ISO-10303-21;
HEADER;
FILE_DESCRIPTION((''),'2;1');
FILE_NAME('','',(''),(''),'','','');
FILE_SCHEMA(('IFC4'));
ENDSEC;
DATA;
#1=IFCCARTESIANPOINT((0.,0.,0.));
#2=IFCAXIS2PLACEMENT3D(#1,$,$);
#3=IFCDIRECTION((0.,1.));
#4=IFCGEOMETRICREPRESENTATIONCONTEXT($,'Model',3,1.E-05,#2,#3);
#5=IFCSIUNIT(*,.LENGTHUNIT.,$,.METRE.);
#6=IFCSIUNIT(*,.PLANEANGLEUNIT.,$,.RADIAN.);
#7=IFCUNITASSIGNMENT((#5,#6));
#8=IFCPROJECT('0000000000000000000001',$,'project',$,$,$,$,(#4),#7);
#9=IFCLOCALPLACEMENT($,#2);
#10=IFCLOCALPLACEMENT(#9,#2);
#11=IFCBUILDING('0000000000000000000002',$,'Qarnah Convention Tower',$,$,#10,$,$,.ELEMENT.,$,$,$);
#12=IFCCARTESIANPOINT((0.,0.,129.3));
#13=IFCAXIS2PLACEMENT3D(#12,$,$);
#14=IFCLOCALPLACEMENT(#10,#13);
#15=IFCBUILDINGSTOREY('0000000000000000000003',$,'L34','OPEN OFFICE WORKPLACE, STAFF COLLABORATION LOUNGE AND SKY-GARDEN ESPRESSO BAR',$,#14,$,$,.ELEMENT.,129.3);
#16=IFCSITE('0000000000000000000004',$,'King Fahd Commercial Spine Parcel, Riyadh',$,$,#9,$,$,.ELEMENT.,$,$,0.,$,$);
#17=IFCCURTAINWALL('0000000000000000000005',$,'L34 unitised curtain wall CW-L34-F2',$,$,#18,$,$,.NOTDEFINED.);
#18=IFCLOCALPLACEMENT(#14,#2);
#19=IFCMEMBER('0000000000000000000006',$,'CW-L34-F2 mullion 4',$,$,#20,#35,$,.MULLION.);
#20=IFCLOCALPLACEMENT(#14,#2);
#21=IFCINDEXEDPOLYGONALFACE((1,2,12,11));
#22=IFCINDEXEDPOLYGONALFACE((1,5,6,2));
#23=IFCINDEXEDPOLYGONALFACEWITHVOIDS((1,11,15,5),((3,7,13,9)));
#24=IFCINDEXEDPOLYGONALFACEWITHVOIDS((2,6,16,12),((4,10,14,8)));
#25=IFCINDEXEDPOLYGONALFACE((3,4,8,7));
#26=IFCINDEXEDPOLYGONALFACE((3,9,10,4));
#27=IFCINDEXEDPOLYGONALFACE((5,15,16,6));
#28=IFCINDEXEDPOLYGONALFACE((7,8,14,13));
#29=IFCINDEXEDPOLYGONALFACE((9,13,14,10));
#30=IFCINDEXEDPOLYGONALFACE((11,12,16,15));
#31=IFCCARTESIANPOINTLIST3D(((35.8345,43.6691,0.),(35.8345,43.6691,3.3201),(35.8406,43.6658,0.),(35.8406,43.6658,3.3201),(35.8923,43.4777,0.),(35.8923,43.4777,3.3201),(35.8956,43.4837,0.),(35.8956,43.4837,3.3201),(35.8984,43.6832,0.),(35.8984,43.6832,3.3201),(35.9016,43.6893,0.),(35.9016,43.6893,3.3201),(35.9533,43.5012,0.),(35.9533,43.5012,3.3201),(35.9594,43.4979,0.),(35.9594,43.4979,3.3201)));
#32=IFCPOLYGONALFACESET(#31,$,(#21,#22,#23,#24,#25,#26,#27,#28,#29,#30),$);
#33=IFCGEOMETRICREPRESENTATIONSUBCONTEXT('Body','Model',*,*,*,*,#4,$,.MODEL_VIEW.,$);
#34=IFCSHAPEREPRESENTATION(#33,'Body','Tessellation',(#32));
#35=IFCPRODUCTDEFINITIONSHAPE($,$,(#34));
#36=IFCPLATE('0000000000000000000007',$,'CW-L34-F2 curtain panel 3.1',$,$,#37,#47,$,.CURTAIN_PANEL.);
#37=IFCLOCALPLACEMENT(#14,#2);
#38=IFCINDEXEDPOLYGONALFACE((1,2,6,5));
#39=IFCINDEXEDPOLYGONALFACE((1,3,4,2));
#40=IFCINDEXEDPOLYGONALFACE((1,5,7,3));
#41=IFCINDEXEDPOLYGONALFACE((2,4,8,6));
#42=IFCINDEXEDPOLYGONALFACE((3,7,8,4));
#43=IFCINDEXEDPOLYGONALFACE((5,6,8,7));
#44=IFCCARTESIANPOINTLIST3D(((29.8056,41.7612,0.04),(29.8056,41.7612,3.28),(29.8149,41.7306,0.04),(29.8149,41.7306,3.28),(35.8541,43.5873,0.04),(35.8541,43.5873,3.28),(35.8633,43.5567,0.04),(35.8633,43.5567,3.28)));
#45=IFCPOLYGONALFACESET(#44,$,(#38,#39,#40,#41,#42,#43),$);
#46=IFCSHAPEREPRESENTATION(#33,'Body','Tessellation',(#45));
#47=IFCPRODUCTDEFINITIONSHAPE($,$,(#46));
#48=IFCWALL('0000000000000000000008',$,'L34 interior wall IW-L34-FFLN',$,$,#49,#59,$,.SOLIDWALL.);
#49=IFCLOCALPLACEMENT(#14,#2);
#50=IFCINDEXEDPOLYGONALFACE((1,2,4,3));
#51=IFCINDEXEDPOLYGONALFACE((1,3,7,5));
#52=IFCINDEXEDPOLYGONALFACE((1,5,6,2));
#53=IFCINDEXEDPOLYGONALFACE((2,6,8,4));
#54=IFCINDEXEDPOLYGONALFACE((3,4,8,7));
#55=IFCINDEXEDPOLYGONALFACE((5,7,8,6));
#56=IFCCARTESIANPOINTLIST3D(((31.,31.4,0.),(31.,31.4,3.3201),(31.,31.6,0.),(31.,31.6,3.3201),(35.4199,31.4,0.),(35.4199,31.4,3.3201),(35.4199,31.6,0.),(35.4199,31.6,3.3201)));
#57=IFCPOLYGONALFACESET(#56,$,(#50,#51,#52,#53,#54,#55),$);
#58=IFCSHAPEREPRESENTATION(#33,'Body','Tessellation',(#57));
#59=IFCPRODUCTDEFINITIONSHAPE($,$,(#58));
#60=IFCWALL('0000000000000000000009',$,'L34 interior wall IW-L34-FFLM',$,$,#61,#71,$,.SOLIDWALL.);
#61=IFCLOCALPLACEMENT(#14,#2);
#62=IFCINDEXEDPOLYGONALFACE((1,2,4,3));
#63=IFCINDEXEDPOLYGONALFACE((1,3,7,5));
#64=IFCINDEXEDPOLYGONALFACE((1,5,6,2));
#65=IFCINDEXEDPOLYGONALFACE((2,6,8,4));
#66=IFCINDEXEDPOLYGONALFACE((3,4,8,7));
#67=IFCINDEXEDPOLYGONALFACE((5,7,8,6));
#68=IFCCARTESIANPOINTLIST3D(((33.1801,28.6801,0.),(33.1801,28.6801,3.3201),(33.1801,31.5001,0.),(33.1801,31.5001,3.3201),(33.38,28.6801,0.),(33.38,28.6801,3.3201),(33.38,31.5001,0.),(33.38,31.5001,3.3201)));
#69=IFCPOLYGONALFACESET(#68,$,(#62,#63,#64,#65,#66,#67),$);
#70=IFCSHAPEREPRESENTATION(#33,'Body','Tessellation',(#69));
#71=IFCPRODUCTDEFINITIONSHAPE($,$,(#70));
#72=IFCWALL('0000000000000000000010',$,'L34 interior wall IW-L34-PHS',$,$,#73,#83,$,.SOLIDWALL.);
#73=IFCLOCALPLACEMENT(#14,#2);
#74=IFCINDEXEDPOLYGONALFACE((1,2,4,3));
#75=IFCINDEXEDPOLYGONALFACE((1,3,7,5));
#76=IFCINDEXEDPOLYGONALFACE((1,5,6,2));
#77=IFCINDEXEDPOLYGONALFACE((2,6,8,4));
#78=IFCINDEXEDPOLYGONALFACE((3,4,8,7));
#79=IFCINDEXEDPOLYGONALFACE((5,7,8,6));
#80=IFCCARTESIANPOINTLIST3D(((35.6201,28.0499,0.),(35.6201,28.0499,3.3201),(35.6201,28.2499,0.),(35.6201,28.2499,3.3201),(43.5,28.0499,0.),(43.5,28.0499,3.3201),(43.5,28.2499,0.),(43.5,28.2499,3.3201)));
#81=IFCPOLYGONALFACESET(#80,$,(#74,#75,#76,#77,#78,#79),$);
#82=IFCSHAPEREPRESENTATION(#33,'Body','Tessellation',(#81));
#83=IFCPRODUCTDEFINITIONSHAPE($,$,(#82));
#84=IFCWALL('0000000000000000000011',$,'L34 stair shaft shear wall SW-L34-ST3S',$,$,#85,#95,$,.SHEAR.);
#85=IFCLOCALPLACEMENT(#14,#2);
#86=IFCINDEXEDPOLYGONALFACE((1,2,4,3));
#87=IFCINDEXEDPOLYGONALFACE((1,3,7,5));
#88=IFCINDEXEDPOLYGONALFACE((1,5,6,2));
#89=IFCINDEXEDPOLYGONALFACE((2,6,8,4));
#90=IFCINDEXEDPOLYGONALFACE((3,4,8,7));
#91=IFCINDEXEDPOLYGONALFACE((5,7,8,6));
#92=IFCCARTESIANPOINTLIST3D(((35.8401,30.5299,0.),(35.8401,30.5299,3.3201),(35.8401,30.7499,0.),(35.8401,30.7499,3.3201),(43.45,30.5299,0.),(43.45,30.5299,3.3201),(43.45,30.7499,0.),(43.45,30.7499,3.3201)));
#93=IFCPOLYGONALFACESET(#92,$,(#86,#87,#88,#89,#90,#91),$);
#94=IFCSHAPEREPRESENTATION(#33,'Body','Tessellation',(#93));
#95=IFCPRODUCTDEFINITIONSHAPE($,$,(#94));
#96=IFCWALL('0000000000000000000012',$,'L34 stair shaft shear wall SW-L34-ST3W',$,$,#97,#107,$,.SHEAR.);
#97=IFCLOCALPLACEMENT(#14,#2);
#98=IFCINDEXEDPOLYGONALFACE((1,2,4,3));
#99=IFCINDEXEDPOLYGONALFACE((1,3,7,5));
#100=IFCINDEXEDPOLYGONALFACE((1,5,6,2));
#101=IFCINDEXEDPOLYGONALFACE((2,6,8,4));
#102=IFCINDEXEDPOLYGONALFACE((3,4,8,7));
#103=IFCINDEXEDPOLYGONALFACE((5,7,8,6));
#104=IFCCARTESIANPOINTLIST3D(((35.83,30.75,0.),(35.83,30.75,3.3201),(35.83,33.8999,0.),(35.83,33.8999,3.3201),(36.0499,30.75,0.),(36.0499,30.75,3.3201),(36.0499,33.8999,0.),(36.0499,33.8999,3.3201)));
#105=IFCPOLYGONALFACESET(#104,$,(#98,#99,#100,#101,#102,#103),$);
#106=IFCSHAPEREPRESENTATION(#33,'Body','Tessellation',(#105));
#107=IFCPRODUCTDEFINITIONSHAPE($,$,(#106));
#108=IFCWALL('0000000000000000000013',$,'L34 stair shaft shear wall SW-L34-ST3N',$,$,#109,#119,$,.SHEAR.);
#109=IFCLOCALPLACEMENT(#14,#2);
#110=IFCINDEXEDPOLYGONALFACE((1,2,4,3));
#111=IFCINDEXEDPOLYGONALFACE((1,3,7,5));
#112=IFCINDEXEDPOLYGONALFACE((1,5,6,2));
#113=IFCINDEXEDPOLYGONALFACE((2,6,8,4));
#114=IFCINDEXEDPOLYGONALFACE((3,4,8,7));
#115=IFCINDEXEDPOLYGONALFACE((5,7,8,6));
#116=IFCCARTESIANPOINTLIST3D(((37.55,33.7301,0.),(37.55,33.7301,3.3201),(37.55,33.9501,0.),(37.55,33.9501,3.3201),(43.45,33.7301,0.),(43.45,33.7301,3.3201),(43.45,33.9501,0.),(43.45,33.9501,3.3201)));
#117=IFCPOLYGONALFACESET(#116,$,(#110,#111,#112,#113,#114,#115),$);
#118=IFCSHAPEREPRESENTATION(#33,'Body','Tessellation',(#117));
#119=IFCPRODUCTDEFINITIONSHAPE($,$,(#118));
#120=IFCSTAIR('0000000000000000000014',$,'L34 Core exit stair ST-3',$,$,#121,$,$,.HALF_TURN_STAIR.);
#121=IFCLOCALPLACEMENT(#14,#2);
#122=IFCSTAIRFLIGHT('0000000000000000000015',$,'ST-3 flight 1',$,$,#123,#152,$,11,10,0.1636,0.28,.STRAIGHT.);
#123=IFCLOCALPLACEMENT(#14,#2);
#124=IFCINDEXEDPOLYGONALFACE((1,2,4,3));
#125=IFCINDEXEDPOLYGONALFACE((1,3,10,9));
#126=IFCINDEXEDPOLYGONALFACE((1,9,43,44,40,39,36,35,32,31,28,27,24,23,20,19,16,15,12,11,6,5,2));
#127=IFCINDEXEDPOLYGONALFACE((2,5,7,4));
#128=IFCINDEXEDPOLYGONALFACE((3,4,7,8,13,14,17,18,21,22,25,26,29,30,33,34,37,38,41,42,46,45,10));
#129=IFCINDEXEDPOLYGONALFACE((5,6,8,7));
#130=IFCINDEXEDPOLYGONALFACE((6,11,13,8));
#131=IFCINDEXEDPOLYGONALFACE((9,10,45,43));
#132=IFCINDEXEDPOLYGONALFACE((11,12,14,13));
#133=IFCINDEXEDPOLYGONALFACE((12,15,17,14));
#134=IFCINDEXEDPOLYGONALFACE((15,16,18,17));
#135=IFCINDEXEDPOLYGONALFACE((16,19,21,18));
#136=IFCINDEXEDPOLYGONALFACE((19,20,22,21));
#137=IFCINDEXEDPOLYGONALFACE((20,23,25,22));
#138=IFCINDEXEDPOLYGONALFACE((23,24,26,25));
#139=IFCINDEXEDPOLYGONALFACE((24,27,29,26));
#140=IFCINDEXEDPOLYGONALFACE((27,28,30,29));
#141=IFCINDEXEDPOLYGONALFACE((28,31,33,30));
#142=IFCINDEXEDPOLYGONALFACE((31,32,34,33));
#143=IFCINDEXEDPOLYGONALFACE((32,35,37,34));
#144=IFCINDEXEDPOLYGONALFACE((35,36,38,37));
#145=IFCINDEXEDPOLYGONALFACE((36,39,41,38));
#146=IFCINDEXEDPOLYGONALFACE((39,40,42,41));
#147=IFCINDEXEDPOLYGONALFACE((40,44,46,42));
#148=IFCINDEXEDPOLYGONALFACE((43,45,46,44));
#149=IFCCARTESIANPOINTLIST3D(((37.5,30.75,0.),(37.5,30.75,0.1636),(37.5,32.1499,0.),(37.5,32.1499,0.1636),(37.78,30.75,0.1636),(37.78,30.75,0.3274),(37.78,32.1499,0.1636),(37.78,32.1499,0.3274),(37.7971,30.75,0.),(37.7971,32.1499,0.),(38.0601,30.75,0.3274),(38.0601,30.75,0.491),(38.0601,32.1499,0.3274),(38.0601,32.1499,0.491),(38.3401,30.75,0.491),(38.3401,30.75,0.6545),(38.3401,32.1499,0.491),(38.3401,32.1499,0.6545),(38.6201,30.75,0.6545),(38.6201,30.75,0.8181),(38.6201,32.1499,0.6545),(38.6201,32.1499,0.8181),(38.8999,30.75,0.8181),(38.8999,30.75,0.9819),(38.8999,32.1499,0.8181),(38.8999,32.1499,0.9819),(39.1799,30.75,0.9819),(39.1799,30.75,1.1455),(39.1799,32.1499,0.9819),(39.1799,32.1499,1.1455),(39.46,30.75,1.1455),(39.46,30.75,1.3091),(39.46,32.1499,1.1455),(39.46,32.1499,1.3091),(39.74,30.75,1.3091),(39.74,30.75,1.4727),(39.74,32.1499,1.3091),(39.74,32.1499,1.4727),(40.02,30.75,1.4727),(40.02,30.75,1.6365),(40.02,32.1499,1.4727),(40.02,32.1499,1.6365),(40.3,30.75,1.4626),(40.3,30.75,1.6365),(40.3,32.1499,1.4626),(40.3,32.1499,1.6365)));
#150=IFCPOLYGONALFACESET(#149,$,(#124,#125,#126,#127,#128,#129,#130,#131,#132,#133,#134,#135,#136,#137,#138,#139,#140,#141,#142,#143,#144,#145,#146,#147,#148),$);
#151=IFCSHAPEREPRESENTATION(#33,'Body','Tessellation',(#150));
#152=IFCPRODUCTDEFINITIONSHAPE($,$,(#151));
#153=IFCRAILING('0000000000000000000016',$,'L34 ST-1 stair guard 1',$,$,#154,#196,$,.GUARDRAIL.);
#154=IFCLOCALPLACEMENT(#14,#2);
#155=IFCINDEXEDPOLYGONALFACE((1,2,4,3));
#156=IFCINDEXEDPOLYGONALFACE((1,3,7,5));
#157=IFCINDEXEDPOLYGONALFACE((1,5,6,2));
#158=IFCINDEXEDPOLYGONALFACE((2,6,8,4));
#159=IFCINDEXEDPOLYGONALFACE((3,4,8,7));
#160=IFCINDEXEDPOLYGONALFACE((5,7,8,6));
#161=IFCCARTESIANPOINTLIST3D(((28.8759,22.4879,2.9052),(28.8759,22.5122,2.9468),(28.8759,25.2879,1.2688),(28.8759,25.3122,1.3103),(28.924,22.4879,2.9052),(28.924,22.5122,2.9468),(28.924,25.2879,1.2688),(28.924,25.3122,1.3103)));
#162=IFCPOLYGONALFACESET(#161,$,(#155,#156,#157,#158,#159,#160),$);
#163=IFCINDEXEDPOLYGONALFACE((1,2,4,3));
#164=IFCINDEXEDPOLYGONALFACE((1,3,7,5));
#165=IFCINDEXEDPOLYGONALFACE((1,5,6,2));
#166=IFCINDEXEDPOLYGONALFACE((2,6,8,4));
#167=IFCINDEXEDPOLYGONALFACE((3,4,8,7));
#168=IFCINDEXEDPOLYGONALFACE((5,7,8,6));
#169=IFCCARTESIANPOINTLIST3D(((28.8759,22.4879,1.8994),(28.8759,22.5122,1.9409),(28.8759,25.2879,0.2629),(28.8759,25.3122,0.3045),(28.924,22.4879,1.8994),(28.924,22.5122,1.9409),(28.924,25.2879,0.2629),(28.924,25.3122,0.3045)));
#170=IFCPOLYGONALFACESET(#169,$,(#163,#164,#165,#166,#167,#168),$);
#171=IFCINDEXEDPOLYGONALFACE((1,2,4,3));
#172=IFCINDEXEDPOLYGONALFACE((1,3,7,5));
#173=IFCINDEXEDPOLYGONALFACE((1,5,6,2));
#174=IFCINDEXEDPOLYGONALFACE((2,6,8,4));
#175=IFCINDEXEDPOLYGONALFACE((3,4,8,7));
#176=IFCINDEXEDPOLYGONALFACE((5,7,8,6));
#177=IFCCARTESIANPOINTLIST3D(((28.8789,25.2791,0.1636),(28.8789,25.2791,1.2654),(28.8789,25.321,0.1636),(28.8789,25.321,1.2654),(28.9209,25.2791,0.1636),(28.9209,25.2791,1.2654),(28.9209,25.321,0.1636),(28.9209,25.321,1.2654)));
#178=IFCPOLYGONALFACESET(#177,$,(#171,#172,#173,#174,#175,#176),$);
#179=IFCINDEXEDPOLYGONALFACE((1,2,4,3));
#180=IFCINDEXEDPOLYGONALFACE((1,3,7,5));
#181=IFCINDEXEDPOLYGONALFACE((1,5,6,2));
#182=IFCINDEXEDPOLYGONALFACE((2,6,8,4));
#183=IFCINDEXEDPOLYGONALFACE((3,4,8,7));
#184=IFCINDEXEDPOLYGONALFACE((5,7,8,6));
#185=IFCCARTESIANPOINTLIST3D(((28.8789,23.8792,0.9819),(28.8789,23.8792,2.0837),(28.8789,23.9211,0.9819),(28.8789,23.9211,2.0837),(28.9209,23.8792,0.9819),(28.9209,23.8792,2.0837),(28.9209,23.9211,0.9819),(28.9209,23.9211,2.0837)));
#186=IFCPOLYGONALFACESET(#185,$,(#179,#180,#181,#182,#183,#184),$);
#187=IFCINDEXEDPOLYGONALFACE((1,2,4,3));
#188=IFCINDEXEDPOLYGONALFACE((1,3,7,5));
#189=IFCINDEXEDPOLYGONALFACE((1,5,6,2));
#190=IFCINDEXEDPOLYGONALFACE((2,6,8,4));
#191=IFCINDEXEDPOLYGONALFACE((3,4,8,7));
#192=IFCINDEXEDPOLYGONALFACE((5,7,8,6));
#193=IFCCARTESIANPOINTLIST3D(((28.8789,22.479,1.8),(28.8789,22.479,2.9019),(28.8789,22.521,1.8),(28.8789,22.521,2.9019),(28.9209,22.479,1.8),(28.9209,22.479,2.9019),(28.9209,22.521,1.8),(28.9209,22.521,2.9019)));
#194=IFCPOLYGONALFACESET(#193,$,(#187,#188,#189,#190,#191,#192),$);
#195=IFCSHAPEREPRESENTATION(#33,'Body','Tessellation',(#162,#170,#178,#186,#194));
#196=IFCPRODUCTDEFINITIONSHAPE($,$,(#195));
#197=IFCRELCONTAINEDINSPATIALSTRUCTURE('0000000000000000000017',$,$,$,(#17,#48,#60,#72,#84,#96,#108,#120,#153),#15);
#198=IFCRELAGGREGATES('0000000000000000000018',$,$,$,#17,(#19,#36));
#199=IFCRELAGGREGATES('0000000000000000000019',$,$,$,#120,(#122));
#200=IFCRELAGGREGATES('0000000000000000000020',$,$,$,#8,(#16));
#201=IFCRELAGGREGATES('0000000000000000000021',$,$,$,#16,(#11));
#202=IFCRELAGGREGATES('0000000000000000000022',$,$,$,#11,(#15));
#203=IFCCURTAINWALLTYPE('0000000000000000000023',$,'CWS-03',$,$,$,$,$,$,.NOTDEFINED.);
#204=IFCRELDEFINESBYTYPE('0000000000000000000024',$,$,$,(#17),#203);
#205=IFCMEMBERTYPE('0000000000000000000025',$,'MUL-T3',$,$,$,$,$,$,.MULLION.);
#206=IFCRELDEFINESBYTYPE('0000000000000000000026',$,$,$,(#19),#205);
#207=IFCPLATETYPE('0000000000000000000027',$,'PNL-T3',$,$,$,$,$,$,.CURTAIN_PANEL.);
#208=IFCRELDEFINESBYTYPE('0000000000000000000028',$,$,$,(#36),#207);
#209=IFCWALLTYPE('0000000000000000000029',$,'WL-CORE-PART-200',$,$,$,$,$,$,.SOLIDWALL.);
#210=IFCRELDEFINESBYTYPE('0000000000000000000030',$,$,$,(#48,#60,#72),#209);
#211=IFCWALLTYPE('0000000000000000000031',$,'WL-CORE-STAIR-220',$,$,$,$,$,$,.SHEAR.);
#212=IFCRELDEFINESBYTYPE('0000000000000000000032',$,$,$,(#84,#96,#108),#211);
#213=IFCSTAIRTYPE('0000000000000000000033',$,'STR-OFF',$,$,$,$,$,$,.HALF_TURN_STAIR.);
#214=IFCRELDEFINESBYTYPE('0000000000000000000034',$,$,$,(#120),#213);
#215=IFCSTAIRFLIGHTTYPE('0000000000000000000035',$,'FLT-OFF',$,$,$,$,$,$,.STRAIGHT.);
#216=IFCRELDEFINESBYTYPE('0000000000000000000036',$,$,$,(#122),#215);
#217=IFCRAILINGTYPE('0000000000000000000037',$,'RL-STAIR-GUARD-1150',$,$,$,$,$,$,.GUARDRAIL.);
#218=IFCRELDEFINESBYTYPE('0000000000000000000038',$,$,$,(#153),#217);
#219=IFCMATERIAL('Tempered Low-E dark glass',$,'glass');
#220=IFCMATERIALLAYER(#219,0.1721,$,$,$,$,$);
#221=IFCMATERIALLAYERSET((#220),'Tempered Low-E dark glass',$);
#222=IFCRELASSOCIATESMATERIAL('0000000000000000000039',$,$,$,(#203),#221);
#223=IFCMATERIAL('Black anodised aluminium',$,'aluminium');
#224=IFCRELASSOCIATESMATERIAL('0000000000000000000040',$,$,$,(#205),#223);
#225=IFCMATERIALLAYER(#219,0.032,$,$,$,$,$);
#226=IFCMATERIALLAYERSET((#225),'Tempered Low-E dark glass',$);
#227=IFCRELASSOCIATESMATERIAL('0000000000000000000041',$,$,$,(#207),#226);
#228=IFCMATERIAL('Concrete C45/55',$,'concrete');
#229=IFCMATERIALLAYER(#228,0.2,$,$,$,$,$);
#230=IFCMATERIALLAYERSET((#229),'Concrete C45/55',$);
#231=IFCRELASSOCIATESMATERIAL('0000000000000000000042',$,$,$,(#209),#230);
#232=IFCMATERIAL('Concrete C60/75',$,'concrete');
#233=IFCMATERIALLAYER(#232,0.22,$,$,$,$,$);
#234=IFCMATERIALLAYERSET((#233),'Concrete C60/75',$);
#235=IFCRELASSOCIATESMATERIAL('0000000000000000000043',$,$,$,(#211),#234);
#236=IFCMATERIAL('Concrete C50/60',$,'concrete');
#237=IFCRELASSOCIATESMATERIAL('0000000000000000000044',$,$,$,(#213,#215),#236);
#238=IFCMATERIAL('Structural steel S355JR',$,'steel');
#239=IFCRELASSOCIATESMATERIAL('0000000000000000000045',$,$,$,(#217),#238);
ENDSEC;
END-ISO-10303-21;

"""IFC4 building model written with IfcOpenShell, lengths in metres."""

from ifc_helpers import new_model, si_unit, direction, frame, frame_2d, origin, origin_2d, place, context, subcontext, project, spatial, polyline, rectangle, hollow_rectangle, outline, extrude, material, layer, layer_set, material_profile, profile_set, type_object, element, aggregate, save


model = new_model("IFC4")

# Units and contexts
model_context = context("Model", 3, precision=1e-05, world=origin(), true_north=direction((0.0, 1.0)))
body_context = subcontext(model_context, "Body", "Model", "MODEL_VIEW")
ifc_project = project(units=[si_unit("LENGTHUNIT", "METRE"), si_unit("PLANEANGLEUNIT", "RADIAN")], contexts=[model_context])

# Site, building, storey
site_placement = place(None, origin())
site = spatial("IfcSite", under=ifc_project, at=site_placement, Name="King Fahd Commercial Spine Parcel, Riyadh", CompositionType="ELEMENT", RefElevation=0.0)
building_placement = place(site_placement, origin())
building = spatial("IfcBuilding", under=site, at=building_placement, Name="Qarnah Convention Tower", CompositionType="ELEMENT")
storey_placement = place(building_placement, frame((0.0, 0.0, 129.3)))
storey = spatial("IfcBuildingStorey", under=building, at=storey_placement, Name="L34", Description="OPEN OFFICE WORKPLACE, STAFF COLLABORATION LOUNGE AND SKY-GARDEN ESPRESSO BAR", CompositionType="ELEMENT", Elevation=129.3)

# Shared definitions
ifc_material_1 = material(Name="Concrete C60/75", Category="concrete")

# Shared definitions
ifc_material_2 = material(Name="Structural steel S355JR", Category="steel")

# Curtain wall, member, plate
ifc_material_3 = material(Name="Tempered Low-E dark glass", Category="glass")
ifc_layer_1 = layer(ifc_material_3, 0.1721)
ifc_layer_set_1 = layer_set([ifc_layer_1], Name="Tempered Low-E dark glass")
curtain_wall_type = type_object("IfcCurtainWallType", Name="CWS-03", PredefinedType="NOTDEFINED", material=ifc_layer_set_1)
curtain_wall_placement = place(storey_placement, origin())
curtain_wall = element("IfcCurtainWall", 1, at=curtain_wall_placement, inside=storey, type_object=curtain_wall_type, Name="L34 unitised curtain wall CW-L34-F2", PredefinedType="NOTDEFINED")
ifc_material_4 = material(Name="Black anodised aluminium", Category="aluminium")
ifc_material_profile_1 = material_profile(ifc_material_4, hollow_rectangle(XDim=0.0701, YDim=0.2, WallThickness=0.0049, at=origin_2d()), Name="MUL-70X200")
ifc_profile_set_1 = profile_set([ifc_material_profile_1], Name="Black anodised aluminium")
member_type = type_object("IfcMemberType", Name="MUL-T3", PredefinedType="MULLION", material=ifc_profile_set_1)
member_1_placement = place(storey_placement, frame((35.897, 43.5835, 0.0), z_axis=(0.0, 0.0, 1.0), x_axis=(0.957322, 0.289025, 0.0)))
member_1 = element("IfcMember", 2, at=member_1_placement, type_object=member_type, Name="CW-L34-F2 mullion 4", PredefinedType="MULLION", context=body_context, shape_type="SweptSolid", body=[
    extrude(hollow_rectangle(XDim=0.0701, YDim=0.2, WallThickness=0.0049, at=origin_2d()), origin(), (0.0, 0.0, 1.0), 3.3201),
])
ifc_layer_2 = layer(ifc_material_3, 0.032)
ifc_layer_set_2 = layer_set([ifc_layer_2], Name="Tempered Low-E dark glass")
plate_type = type_object("IfcPlateType", Name="PNL-T3", PredefinedType="CURTAIN_PANEL", material=ifc_layer_set_2)
plate_placement = place(storey_placement, frame((32.8345, 42.6589, 0.04), z_axis=(0.0, 0.0, 1.0), x_axis=(0.957322, 0.289025, 0.0)))
plate = element("IfcPlate", 3, at=plate_placement, type_object=plate_type, Name="CW-L34-F2 curtain panel 3.1", PredefinedType="CURTAIN_PANEL", context=body_context, shape_type="SweptSolid", body=[
    extrude(rectangle(XDim=6.3181, YDim=0.032, at=origin_2d()), origin(), (0.0, 0.0, 1.0), 3.24),
])
aggregate(curtain_wall, [member_1, plate])

# Shared definitions
ifc_material_5 = material(Name="Concrete C45/55", Category="concrete")
ifc_layer_3 = layer(ifc_material_5, 0.2)
ifc_layer_set_3 = layer_set([ifc_layer_3], Name="Concrete C45/55")
wall_type_1 = type_object("IfcWallType", Name="WL-CORE-PART-200", PredefinedType="SOLIDWALL", material=ifc_layer_set_3)

# Walls
wall_1_placement = place(storey_placement, frame((31.0, 31.5, 0.0), z_axis=(0.0, 0.0, 1.0), x_axis=(1.0, 0.0, 0.0)))
element("IfcWall", 4, at=wall_1_placement, inside=storey, type_object=wall_type_1, Name="L34 interior wall IW-L34-FFLN", PredefinedType="SOLIDWALL", context=body_context, shape_type="SweptSolid", body=[
    extrude(rectangle(XDim=4.4199, YDim=0.2, at=frame_2d((2.21, 0.0))), origin(), (0.0, 0.0, 1.0), 3.3201),
])
wall_2_placement = place(storey_placement, frame((33.28, 28.6799, 0.0), z_axis=(0.0, 0.0, 1.0), x_axis=(0.0, 1.0, 0.0)))
element("IfcWall", 5, at=wall_2_placement, inside=storey, type_object=wall_type_1, Name="L34 interior wall IW-L34-FFLM", PredefinedType="SOLIDWALL", context=body_context, shape_type="SweptSolid", body=[
    extrude(rectangle(XDim=2.8201, YDim=0.2, at=frame_2d((1.4102, 0.0))), origin(), (0.0, 0.0, 1.0), 3.3201),
])
wall_3_placement = place(storey_placement, frame((35.6201, 28.1499, 0.0), z_axis=(0.0, 0.0, 1.0), x_axis=(1.0, 0.0, 0.0)))
element("IfcWall", 6, at=wall_3_placement, inside=storey, type_object=wall_type_1, Name="L34 interior wall IW-L34-PHS", PredefinedType="SOLIDWALL", context=body_context, shape_type="SweptSolid", body=[
    extrude(rectangle(XDim=7.8799, YDim=0.2, at=frame_2d((3.9399, 0.0))), origin(), (0.0, 0.0, 1.0), 3.3201),
])

# Walls
ifc_layer_4 = layer(ifc_material_1, 0.22)
ifc_layer_set_4 = layer_set([ifc_layer_4], Name="Concrete C60/75")
wall_type_2 = type_object("IfcWallType", Name="WL-CORE-STAIR-220", PredefinedType="SHEAR", material=ifc_layer_set_4)
wall_4_placement = place(storey_placement, frame((35.8401, 30.6399, 0.0), z_axis=(0.0, 0.0, 1.0), x_axis=(1.0, 0.0, 0.0)))
element("IfcWall", 7, at=wall_4_placement, inside=storey, type_object=wall_type_2, Name="L34 stair shaft shear wall SW-L34-ST3S", PredefinedType="SHEAR", context=body_context, shape_type="SweptSolid", body=[
    extrude(rectangle(XDim=7.6099, YDim=0.22, at=frame_2d((3.8049, 0.0))), origin(), (0.0, 0.0, 1.0), 3.3201),
])
wall_5_placement = place(storey_placement, frame((35.9399, 30.75, 0.0), z_axis=(0.0, 0.0, 1.0), x_axis=(0.0, 1.0, 0.0)))
element("IfcWall", 8, at=wall_5_placement, inside=storey, type_object=wall_type_2, Name="L34 stair shaft shear wall SW-L34-ST3W", PredefinedType="SHEAR", context=body_context, shape_type="SweptSolid", body=[
    extrude(rectangle(XDim=3.1499, YDim=0.22, at=frame_2d((1.575, 0.0))), origin(), (0.0, 0.0, 1.0), 3.3201),
])
wall_6_placement = place(storey_placement, frame((37.55, 33.8401, 0.0), z_axis=(0.0, 0.0, 1.0), x_axis=(1.0, 0.0, 0.0)))
element("IfcWall", 9, at=wall_6_placement, inside=storey, type_object=wall_type_2, Name="L34 stair shaft shear wall SW-L34-ST3N", PredefinedType="SHEAR", context=body_context, shape_type="SweptSolid", body=[
    extrude(rectangle(XDim=5.8999, YDim=0.22, at=frame_2d((2.95, 0.0))), origin(), (0.0, 0.0, 1.0), 3.3201),
])

# Stair, stair flight
ifc_material_6 = material(Name="Concrete C50/60", Category="concrete")
stair_type = type_object("IfcStairType", Name="STR-OFF", PredefinedType="HALF_TURN_STAIR", material=ifc_material_6)
stair_placement = place(storey_placement, origin())
stair = element("IfcStair", 10, at=stair_placement, inside=storey, type_object=stair_type, Name="L34 Core exit stair ST-3", PredefinedType="HALF_TURN_STAIR")
stair_flight_type = type_object("IfcStairFlightType", Name="FLT-OFF", PredefinedType="STRAIGHT", material=ifc_material_6)
stair_flight_placement = place(storey_placement, frame((37.5, 31.45, 0.0), z_axis=(0.0, 0.0, 1.0), x_axis=(1.0, 0.0, 0.0)))
stair_flight = element("IfcStairFlight", 11, at=stair_flight_placement, type_object=stair_flight_type, Name="ST-3 flight 1", NumberOfRisers=11, NumberOfTreads=10, PredefinedType="STRAIGHT", RiserHeight=0.1636, TreadLength=0.28, context=body_context, shape_type="SweptSolid", body=[
    extrude(outline(polyline([(0.0, 0.0), (0.0, 0.1636), (0.28, 0.1636), (0.28, 0.3274), (0.5601, 0.3274), (0.5601, 0.491), (0.8401, 0.491), (0.8401, 0.6545), (1.1201, 0.6545), (1.1201, 0.8181), (1.3999, 0.8181), (1.3999, 0.9819), (1.6799, 0.9819), (1.6799, 1.1455), (1.96, 1.1455), (1.96, 1.3091), (2.24, 1.3091), (2.24, 1.4727), (2.52, 1.4727), (2.52, 1.6365), (2.8, 1.6365), (2.8, 1.8), (2.8, 1.4626), (0.2971, 0.0), (0.0, 0.0)])), frame((0.0, 0.7, 0.0), z_axis=(0.0, -1.0, 0.0), x_axis=(1.0, 0.0, 0.0)), (0.0, 0.0, 1.0), 1.3999),
])
aggregate(stair, [stair_flight])

# Railing
railing_type_1 = type_object("IfcRailingType", Name="RL-STAIR-GUARD-1150", PredefinedType="GUARDRAIL", material=ifc_material_2)
railing_1_placement = place(storey_placement, frame((28.8999, 25.3, 0.1636)))
element("IfcRailing", 12, at=railing_1_placement, inside=storey, type_object=railing_type_1, Name="L34 ST-1 stair guard 1", PredefinedType="GUARDRAIL", context=body_context, shape_type="SweptSolid", body=[
    extrude(rectangle(XDim=0.0481, YDim=0.0481, at=origin_2d()), frame((0.0, 0.0, 1.126), z_axis=(0.0, -0.863361, 0.504587), x_axis=(1.0, 0.0, 0.0)), (0.0, 0.0, 1.0), 3.2432),
    extrude(rectangle(XDim=0.0481, YDim=0.0481, at=origin_2d()), frame((0.0, 0.0, 0.1201), z_axis=(0.0, -0.863361, 0.504587), x_axis=(1.0, 0.0, 0.0)), (0.0, 0.0, 1.0), 3.2432),
    extrude(rectangle(XDim=0.042, YDim=0.042, at=origin_2d()), origin(), (0.0, 0.0, 1.0), 1.1018),
    extrude(rectangle(XDim=0.042, YDim=0.042, at=origin_2d()), frame((0.0, -1.3999, 0.8184)), (0.0, 0.0, 1.0), 1.1018),
    extrude(rectangle(XDim=0.042, YDim=0.042, at=origin_2d()), frame((0.0, -2.8, 1.6365)), (0.0, 0.0, 1.0), 1.1018),
])

save(model, "model.ifc")
